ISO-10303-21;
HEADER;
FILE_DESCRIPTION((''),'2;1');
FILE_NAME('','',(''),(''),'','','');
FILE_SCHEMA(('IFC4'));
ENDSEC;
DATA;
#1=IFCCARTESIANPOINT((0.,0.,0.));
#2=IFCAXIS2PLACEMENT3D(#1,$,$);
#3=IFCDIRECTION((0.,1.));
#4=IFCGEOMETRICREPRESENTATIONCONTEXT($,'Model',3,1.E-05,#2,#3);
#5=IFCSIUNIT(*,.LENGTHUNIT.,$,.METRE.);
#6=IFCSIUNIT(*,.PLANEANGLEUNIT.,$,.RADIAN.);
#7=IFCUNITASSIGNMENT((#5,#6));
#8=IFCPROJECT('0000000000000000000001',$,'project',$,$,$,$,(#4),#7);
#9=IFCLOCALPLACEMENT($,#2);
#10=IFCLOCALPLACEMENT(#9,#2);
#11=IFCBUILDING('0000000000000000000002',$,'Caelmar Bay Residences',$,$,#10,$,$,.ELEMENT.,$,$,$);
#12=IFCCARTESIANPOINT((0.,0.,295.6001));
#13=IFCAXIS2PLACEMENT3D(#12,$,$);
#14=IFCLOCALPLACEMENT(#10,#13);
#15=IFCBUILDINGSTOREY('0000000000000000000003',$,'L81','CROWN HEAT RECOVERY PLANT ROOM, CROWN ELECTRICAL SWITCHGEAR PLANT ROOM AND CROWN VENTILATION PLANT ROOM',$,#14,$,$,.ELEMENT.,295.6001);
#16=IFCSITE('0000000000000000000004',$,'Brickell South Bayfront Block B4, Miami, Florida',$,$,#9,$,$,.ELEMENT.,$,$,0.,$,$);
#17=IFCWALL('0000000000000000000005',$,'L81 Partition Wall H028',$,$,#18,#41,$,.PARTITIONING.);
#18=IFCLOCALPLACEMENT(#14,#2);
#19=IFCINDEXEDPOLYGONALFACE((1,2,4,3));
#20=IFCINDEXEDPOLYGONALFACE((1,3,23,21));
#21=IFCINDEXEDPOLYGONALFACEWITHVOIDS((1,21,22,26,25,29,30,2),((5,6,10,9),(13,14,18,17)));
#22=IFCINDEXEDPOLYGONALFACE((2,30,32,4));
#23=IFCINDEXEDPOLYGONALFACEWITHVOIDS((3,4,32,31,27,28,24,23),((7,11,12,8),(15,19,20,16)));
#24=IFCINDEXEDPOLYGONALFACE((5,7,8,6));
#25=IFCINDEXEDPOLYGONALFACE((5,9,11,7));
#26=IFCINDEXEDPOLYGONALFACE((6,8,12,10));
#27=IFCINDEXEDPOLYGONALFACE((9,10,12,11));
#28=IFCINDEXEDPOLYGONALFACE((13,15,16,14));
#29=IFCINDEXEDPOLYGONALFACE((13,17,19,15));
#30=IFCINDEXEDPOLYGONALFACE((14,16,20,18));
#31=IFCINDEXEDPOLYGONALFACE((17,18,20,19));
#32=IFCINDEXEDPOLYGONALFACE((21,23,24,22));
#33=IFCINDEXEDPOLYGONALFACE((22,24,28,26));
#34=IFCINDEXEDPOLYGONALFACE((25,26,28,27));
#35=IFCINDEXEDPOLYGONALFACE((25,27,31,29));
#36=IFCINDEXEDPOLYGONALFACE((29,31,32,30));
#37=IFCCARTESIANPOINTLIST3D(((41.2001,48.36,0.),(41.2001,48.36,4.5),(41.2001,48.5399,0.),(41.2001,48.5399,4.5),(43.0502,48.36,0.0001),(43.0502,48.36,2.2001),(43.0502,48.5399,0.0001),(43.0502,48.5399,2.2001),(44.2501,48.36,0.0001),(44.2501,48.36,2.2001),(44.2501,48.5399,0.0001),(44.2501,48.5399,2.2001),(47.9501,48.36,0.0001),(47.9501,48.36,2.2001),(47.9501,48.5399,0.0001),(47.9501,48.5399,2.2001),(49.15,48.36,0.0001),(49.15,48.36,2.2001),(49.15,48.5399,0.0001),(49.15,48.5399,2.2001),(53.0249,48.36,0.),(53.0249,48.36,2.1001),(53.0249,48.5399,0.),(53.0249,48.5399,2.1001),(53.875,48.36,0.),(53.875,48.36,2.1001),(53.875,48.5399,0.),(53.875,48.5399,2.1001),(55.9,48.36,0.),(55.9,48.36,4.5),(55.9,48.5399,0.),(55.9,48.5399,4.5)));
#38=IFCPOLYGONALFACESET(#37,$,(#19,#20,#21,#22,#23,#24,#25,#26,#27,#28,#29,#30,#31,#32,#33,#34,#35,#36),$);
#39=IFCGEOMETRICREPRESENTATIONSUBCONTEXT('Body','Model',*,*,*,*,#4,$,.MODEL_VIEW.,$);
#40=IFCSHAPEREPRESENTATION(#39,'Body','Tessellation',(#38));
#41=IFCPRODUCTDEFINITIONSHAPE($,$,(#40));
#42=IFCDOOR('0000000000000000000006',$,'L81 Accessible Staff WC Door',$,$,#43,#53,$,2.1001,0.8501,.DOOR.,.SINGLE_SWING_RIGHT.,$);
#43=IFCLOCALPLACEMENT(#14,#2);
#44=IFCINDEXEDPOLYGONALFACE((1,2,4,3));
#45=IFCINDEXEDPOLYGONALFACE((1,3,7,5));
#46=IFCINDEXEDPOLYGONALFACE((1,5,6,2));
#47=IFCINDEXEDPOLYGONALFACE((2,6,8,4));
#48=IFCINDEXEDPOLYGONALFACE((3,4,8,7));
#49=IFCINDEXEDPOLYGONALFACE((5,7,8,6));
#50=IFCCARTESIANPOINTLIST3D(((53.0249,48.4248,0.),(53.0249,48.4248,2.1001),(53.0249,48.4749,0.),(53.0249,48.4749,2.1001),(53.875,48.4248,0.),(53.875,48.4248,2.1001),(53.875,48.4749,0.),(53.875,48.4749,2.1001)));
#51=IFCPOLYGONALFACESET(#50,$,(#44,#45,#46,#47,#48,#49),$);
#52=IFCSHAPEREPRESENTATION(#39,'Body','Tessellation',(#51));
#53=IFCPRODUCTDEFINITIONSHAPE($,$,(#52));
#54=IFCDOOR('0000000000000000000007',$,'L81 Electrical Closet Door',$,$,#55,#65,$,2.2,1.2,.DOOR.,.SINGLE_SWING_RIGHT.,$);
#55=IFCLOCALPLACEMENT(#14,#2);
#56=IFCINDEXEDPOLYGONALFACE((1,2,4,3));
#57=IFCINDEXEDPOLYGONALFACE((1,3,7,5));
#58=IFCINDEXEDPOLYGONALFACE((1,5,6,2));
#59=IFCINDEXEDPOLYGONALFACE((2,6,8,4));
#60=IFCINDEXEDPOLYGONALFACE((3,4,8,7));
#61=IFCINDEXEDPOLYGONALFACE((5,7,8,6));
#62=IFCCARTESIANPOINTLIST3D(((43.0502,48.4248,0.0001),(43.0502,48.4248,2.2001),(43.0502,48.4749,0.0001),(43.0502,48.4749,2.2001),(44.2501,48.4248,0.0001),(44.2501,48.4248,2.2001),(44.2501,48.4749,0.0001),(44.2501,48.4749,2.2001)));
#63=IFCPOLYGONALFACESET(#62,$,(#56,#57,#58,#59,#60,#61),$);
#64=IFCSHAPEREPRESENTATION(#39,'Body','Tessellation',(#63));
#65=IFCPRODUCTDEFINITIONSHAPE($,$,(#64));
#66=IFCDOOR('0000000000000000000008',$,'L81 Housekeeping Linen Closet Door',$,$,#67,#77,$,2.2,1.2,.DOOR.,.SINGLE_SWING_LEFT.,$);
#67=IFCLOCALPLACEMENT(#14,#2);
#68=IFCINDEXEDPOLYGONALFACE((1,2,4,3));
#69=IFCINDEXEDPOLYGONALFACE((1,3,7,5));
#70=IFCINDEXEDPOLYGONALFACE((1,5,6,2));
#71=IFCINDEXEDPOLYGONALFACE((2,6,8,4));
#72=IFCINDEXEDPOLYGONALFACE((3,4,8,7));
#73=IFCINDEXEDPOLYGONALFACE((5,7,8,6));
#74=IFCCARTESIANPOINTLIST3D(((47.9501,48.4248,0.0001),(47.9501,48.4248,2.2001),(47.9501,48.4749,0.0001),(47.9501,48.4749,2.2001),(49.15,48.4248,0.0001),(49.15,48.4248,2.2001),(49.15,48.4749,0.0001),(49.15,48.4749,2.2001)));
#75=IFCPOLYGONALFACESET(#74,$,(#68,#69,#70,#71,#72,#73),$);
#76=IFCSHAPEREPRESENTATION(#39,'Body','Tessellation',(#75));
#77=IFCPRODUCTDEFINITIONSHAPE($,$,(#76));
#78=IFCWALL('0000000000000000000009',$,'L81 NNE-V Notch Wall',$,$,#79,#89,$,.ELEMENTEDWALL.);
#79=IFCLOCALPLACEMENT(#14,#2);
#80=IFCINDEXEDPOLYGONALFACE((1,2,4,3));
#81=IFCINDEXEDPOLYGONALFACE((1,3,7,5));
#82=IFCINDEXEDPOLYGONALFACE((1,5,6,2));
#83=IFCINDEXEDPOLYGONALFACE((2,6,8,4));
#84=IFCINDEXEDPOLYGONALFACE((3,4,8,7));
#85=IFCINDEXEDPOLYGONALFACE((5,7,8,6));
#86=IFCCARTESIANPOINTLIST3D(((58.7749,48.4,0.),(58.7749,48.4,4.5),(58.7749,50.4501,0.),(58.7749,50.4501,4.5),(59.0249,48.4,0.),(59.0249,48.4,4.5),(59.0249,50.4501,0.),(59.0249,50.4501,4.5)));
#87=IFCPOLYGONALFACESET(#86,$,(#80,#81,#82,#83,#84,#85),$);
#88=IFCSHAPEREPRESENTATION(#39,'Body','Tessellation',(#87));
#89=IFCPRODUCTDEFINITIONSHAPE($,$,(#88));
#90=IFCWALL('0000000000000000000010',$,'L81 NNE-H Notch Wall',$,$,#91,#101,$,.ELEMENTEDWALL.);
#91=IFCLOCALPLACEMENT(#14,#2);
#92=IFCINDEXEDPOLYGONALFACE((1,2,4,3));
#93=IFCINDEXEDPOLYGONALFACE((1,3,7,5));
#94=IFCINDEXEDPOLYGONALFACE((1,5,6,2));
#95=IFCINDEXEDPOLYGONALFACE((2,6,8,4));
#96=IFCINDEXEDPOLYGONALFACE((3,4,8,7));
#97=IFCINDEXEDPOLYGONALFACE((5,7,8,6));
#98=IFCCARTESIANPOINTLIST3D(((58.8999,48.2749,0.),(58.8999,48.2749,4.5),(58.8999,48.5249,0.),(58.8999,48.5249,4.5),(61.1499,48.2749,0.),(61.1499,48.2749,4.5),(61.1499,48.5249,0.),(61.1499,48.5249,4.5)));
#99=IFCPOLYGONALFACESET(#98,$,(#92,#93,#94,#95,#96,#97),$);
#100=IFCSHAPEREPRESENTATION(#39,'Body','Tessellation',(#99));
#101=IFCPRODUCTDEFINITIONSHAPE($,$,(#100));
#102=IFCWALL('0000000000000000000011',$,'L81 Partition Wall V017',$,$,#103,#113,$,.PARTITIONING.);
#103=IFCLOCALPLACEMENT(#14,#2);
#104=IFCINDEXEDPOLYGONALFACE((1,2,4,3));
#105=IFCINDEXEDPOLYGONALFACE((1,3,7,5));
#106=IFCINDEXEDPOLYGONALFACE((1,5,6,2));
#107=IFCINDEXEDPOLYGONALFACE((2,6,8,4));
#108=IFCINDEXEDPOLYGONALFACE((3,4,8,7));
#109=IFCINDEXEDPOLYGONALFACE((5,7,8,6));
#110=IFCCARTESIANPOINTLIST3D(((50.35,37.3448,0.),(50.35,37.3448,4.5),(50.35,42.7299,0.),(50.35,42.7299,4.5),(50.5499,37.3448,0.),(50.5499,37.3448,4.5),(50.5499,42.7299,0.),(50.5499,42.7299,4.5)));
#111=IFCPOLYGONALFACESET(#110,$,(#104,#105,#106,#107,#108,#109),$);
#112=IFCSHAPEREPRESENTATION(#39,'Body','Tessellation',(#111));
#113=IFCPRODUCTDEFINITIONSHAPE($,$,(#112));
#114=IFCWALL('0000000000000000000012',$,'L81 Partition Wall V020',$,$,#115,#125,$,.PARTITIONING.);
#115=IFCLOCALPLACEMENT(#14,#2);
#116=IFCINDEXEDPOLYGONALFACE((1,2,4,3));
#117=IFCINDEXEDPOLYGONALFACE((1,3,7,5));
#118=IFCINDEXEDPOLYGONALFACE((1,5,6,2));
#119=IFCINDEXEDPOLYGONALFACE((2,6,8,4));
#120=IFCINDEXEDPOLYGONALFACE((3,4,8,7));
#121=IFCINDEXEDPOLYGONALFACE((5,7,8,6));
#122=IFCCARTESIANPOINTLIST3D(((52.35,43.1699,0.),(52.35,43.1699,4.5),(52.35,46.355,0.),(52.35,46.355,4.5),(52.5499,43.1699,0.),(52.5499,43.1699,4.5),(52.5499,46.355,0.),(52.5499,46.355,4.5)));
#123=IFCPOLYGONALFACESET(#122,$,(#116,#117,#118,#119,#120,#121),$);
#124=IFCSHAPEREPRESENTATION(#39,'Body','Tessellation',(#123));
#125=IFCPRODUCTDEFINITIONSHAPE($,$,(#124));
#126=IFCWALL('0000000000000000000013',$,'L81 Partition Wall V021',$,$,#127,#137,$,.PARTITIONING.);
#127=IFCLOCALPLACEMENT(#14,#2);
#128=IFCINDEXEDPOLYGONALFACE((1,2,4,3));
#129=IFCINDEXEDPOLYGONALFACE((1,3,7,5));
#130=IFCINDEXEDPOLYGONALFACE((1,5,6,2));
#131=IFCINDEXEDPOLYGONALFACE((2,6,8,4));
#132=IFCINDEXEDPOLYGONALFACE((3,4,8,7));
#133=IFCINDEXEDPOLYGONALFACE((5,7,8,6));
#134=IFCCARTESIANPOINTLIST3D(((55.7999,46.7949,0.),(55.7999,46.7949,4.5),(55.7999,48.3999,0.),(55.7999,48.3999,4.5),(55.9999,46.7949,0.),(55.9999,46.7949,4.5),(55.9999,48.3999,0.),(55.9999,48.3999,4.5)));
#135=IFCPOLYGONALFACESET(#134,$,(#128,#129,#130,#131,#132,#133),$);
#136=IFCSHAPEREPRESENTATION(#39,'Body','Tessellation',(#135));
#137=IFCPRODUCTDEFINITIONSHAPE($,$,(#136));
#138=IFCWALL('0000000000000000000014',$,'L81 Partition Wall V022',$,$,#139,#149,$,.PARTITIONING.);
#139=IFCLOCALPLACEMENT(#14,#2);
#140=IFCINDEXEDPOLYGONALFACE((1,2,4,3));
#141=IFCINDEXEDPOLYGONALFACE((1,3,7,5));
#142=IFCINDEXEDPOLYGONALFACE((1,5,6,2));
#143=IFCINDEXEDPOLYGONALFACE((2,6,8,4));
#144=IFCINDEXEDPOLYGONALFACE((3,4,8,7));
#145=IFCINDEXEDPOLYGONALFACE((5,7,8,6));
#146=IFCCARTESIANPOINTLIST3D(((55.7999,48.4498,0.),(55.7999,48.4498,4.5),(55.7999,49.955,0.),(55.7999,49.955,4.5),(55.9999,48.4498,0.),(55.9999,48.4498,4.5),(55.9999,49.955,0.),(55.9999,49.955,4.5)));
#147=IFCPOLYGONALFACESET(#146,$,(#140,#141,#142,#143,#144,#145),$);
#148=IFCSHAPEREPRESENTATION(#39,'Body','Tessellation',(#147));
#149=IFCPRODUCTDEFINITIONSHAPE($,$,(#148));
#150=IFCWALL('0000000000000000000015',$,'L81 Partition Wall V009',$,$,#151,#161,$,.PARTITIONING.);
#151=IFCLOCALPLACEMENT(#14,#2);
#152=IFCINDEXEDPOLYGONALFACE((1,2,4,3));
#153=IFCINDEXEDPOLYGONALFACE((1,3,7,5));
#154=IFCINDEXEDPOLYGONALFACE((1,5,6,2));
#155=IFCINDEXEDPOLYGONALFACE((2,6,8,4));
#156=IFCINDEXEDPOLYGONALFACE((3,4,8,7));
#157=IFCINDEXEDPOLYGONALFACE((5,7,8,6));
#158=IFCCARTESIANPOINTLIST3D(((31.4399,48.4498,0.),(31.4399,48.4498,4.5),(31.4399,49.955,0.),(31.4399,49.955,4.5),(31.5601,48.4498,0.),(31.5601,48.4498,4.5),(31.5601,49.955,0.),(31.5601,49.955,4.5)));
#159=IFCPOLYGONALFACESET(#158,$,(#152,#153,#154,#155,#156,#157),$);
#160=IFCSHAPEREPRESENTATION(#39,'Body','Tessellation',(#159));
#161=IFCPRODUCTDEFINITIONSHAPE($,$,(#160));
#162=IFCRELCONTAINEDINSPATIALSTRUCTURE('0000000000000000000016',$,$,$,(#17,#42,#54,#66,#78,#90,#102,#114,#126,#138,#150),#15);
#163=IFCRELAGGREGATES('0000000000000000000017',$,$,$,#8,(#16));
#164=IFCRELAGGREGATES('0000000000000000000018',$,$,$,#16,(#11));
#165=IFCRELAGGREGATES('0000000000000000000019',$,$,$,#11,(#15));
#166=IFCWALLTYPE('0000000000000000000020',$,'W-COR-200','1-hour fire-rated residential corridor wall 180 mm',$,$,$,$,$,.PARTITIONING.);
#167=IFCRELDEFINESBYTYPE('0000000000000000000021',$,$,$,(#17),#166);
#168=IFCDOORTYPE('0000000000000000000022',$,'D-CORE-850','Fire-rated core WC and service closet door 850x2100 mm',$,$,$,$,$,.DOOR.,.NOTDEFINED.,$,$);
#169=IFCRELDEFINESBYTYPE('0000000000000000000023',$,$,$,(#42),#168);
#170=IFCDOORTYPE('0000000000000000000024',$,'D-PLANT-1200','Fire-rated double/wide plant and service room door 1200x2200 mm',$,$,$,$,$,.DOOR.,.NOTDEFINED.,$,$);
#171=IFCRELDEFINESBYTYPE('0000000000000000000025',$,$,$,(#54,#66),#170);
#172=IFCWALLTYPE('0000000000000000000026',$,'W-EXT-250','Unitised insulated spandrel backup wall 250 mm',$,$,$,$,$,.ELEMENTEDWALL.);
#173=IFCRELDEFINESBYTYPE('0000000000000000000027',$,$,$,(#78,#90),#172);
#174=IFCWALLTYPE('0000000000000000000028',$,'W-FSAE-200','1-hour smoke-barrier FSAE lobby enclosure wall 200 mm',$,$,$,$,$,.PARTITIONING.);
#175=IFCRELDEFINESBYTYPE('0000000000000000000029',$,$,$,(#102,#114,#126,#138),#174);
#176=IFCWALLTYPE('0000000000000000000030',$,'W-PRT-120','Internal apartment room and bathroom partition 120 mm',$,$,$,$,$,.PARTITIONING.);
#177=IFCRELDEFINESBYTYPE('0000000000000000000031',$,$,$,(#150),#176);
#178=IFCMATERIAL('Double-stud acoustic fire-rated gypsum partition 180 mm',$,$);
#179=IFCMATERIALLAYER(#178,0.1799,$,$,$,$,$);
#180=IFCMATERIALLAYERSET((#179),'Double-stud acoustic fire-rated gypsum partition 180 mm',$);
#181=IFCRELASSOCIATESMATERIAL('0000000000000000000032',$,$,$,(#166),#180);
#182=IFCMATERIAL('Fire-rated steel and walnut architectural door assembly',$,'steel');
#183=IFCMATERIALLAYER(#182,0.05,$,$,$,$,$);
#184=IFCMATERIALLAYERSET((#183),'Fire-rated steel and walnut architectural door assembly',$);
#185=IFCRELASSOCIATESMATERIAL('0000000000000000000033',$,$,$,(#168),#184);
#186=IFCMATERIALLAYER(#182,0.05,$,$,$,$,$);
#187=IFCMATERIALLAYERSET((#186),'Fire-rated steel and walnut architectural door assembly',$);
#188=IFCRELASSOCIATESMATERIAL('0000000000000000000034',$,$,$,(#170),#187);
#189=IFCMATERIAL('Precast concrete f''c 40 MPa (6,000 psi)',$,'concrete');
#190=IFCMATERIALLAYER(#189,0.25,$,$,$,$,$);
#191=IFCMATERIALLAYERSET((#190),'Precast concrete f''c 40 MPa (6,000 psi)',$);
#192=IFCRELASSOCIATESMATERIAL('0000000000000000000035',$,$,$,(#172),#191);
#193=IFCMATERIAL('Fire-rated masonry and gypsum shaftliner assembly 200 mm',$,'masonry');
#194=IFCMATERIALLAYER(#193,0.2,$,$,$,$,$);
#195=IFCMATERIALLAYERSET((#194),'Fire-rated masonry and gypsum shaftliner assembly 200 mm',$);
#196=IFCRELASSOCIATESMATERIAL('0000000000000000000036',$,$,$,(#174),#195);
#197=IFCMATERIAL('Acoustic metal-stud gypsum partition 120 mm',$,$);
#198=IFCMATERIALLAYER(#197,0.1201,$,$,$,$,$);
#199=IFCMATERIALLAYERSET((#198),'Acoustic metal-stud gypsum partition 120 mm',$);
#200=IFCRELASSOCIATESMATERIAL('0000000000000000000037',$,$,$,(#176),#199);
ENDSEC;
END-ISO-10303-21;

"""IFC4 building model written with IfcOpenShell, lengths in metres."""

from ifc_helpers import new_model, si_unit, direction, frame, frame_2d, origin, place, context, subcontext, project, spatial, rectangle, extrude, material, layer, layer_set, type_object, element, fill, save


model = new_model("IFC4")

# Units and contexts
model_context = context("Model", 3, precision=1e-05, world=origin(), true_north=direction((0.0, 1.0)))
body_context = subcontext(model_context, "Body", "Model", "MODEL_VIEW")
ifc_project = project(units=[si_unit("LENGTHUNIT", "METRE"), si_unit("PLANEANGLEUNIT", "RADIAN")], contexts=[model_context])

# Site, building, storey
site_placement = place(None, origin())
site = spatial("IfcSite", under=ifc_project, at=site_placement, Name="Brickell South Bayfront Block B4, Miami, Florida", CompositionType="ELEMENT", RefElevation=0.0)
building_placement = place(site_placement, origin())
building = spatial("IfcBuilding", under=site, at=building_placement, Name="Caelmar Bay Residences", CompositionType="ELEMENT")
storey_placement = place(building_placement, frame((0.0, 0.0, 295.6001)))
storey = spatial("IfcBuildingStorey", under=building, at=storey_placement, Name="L81", Description="CROWN HEAT RECOVERY PLANT ROOM, CROWN ELECTRICAL SWITCHGEAR PLANT ROOM AND CROWN VENTILATION PLANT ROOM", CompositionType="ELEMENT", Elevation=295.6001)

# Shared definitions
ifc_material_1 = material(Name="Fire-rated steel and walnut architectural door assembly", Category="steel")

# Shared definitions
ifc_material_2 = material(Name="Double-stud acoustic fire-rated gypsum partition 180 mm")
ifc_layer_1 = layer(ifc_material_2, 0.1799)
ifc_layer_set_1 = layer_set([ifc_layer_1], Name="Double-stud acoustic fire-rated gypsum partition 180 mm")
wall_type_1 = type_object("IfcWallType", Name="W-COR-200", Description="1-hour fire-rated residential corridor wall 180 mm", PredefinedType="PARTITIONING", material=ifc_layer_set_1)

# Wall, openings, doors
wall_1_placement = place(storey_placement, frame((41.2, 48.45, 0.0), z_axis=(0.0, 0.0, 1.0), x_axis=(1.0, 0.0, 0.0)))
wall_1 = element("IfcWall", 1, at=wall_1_placement, inside=storey, type_object=wall_type_1, Name="L81 Partition Wall H028", PredefinedType="PARTITIONING", context=body_context, shape_type="SweptSolid", body=[
    extrude(rectangle(XDim=14.7, YDim=0.1799, at=frame_2d((7.3501, 0.0))), origin(), (0.0, 0.0, 1.0), 4.5),
])
opening_1_placement = place(wall_1_placement, frame((1.8501, 0.0, 0.0)))
opening_1 = element("IfcOpeningElement", 2, at=opening_1_placement, cuts=wall_1, PredefinedType="OPENING", context=body_context, shape_type="SweptSolid", body=[
    extrude(rectangle(XDim=1.2, YDim=2.2, at=frame_2d((0.6001, 1.1001))), frame((0.0, 0.0999, 0.0), z_axis=(0.0, -1.0, 0.0), x_axis=(1.0, 0.0, 0.0)), (0.0, 0.0, 1.0), 0.2),
])
opening_2_placement = place(wall_1_placement, frame((6.75, 0.0, 0.0)))
opening_2 = element("IfcOpeningElement", 3, at=opening_2_placement, cuts=wall_1, PredefinedType="OPENING", context=body_context, shape_type="SweptSolid", body=[
    extrude(rectangle(XDim=1.2, YDim=2.2, at=frame_2d((0.6001, 1.1001))), frame((0.0, 0.0999, 0.0), z_axis=(0.0, -1.0, 0.0), x_axis=(1.0, 0.0, 0.0)), (0.0, 0.0, 1.0), 0.2),
])
opening_3_placement = place(wall_1_placement, frame((11.825, 0.0, 0.0)))
opening_3 = element("IfcOpeningElement", 4, at=opening_3_placement, cuts=wall_1, PredefinedType="OPENING", context=body_context, shape_type="SweptSolid", body=[
    extrude(rectangle(XDim=0.8501, YDim=2.1001, at=frame_2d((0.425, 1.05))), frame((0.0, 0.0999, 0.0), z_axis=(0.0, -1.0, 0.0), x_axis=(1.0, 0.0, 0.0)), (0.0, 0.0, 1.0), 0.2),
])
ifc_layer_2 = layer(ifc_material_1, 0.05)
ifc_layer_set_2 = layer_set([ifc_layer_2], Name="Fire-rated steel and walnut architectural door assembly")
door_type_1 = type_object("IfcDoorType", Name="D-CORE-850", Description="Fire-rated core WC and service closet door 850x2100 mm", OperationType="NOTDEFINED", PredefinedType="DOOR", material=ifc_layer_set_2)
door_1_placement = place(opening_3_placement, origin())
door_1 = element("IfcDoor", 5, at=door_1_placement, inside=storey, type_object=door_type_1, Name="L81 Accessible Staff WC Door", OperationType="SINGLE_SWING_RIGHT", OverallHeight=2.1001, OverallWidth=0.8501, PredefinedType="DOOR", context=body_context, shape_type="SweptSolid", body=[
    extrude(rectangle(XDim=0.8501, YDim=2.1001, at=frame_2d((0.425, 1.05))), frame((0.0, 0.0249, 0.0), z_axis=(0.0, -1.0, 0.0), x_axis=(1.0, 0.0, 0.0)), (0.0, 0.0, 1.0), 0.05),
])
fill(opening_3, door_1)
ifc_layer_3 = layer(ifc_material_1, 0.05)
ifc_layer_set_3 = layer_set([ifc_layer_3], Name="Fire-rated steel and walnut architectural door assembly")
door_type_2 = type_object("IfcDoorType", Name="D-PLANT-1200", Description="Fire-rated double/wide plant and service room door 1200x2200 mm", OperationType="NOTDEFINED", PredefinedType="DOOR", material=ifc_layer_set_3)
door_2_placement = place(opening_1_placement, origin())
door_2 = element("IfcDoor", 6, at=door_2_placement, inside=storey, type_object=door_type_2, Name="L81 Electrical Closet Door", OperationType="SINGLE_SWING_RIGHT", OverallHeight=2.2, OverallWidth=1.2, PredefinedType="DOOR", context=body_context, shape_type="SweptSolid", body=[
    extrude(rectangle(XDim=1.2, YDim=2.2, at=frame_2d((0.6001, 1.1001))), frame((0.0, 0.0249, 0.0), z_axis=(0.0, -1.0, 0.0), x_axis=(1.0, 0.0, 0.0)), (0.0, 0.0, 1.0), 0.05),
])
fill(opening_1, door_2)
door_3_placement = place(opening_2_placement, origin())
door_3 = element("IfcDoor", 7, at=door_3_placement, inside=storey, type_object=door_type_2, Name="L81 Housekeeping Linen Closet Door", OperationType="SINGLE_SWING_LEFT", OverallHeight=2.2, OverallWidth=1.2, PredefinedType="DOOR", context=body_context, shape_type="SweptSolid", body=[
    extrude(rectangle(XDim=1.2, YDim=2.2, at=frame_2d((0.6001, 1.1001))), frame((0.0, 0.0249, 0.0), z_axis=(0.0, -1.0, 0.0), x_axis=(1.0, 0.0, 0.0)), (0.0, 0.0, 1.0), 0.05),
])
fill(opening_2, door_3)

# Walls
ifc_material_3 = material(Name="Precast concrete f'c 40 MPa (6,000 psi)", Category="concrete")
ifc_layer_4 = layer(ifc_material_3, 0.25)
ifc_layer_set_4 = layer_set([ifc_layer_4], Name="Precast concrete f'c 40 MPa (6,000 psi)")
wall_type_2 = type_object("IfcWallType", Name="W-EXT-250", Description="Unitised insulated spandrel backup wall 250 mm", PredefinedType="ELEMENTEDWALL", material=ifc_layer_set_4)
wall_2_placement = place(storey_placement, frame((58.8999, 50.45, 0.0), z_axis=(0.0, 0.0, 1.0), x_axis=(0.0, -1.0, 0.0)))
element("IfcWall", 8, at=wall_2_placement, inside=storey, type_object=wall_type_2, Name="L81 NNE-V Notch Wall", PredefinedType="ELEMENTEDWALL", context=body_context, shape_type="SweptSolid", body=[
    extrude(rectangle(XDim=2.05, YDim=0.25, at=frame_2d((1.0249, 0.0))), origin(), (0.0, 0.0, 1.0), 4.5),
])
wall_3_placement = place(storey_placement, frame((58.8999, 48.3999, 0.0), z_axis=(0.0, 0.0, 1.0), x_axis=(1.0, 0.0, 0.0)))
element("IfcWall", 9, at=wall_3_placement, inside=storey, type_object=wall_type_2, Name="L81 NNE-H Notch Wall", PredefinedType="ELEMENTEDWALL", context=body_context, shape_type="SweptSolid", body=[
    extrude(rectangle(XDim=2.25, YDim=0.25, at=frame_2d((1.125, 0.0))), origin(), (0.0, 0.0, 1.0), 4.5),
])
ifc_material_4 = material(Name="Fire-rated masonry and gypsum shaftliner assembly 200 mm", Category="masonry")
ifc_layer_5 = layer(ifc_material_4, 0.2)
ifc_layer_set_5 = layer_set([ifc_layer_5], Name="Fire-rated masonry and gypsum shaftliner assembly 200 mm")
wall_type_3 = type_object("IfcWallType", Name="W-FSAE-200", Description="1-hour smoke-barrier FSAE lobby enclosure wall 200 mm", PredefinedType="PARTITIONING", material=ifc_layer_set_5)
wall_4_placement = place(storey_placement, frame((50.45, 37.345, 0.0), z_axis=(0.0, 0.0, 1.0), x_axis=(0.0, 1.0, 0.0)))
element("IfcWall", 10, at=wall_4_placement, inside=storey, type_object=wall_type_3, Name="L81 Partition Wall V017", PredefinedType="PARTITIONING", context=body_context, shape_type="SweptSolid", body=[
    extrude(rectangle(XDim=5.385, YDim=0.2, at=frame_2d((2.6924, 0.0))), origin(), (0.0, 0.0, 1.0), 4.5),
])
wall_5_placement = place(storey_placement, frame((52.45, 43.1699, 0.0), z_axis=(0.0, 0.0, 1.0), x_axis=(0.0, 1.0, 0.0)))
element("IfcWall", 11, at=wall_5_placement, inside=storey, type_object=wall_type_3, Name="L81 Partition Wall V020", PredefinedType="PARTITIONING", context=body_context, shape_type="SweptSolid", body=[
    extrude(rectangle(XDim=3.1851, YDim=0.2, at=frame_2d((1.5925, 0.0))), origin(), (0.0, 0.0, 1.0), 4.5),
])
wall_6_placement = place(storey_placement, frame((55.8999, 46.7949, 0.0), z_axis=(0.0, 0.0, 1.0), x_axis=(0.0, 1.0, 0.0)))
element("IfcWall", 12, at=wall_6_placement, inside=storey, type_object=wall_type_3, Name="L81 Partition Wall V021", PredefinedType="PARTITIONING", context=body_context, shape_type="SweptSolid", body=[
    extrude(rectangle(XDim=1.605, YDim=0.2, at=frame_2d((0.8025, 0.0))), origin(), (0.0, 0.0, 1.0), 4.5),
])
wall_7_placement = place(storey_placement, frame((55.8999, 48.45, 0.0), z_axis=(0.0, 0.0, 1.0), x_axis=(0.0, 1.0, 0.0)))
element("IfcWall", 13, at=wall_7_placement, inside=storey, type_object=wall_type_3, Name="L81 Partition Wall V022", PredefinedType="PARTITIONING", context=body_context, shape_type="SweptSolid", body=[
    extrude(rectangle(XDim=1.5051, YDim=0.2, at=frame_2d((0.7524, 0.0))), origin(), (0.0, 0.0, 1.0), 4.5),
])
ifc_material_5 = material(Name="Acoustic metal-stud gypsum partition 120 mm")
ifc_layer_6 = layer(ifc_material_5, 0.1201)
ifc_layer_set_6 = layer_set([ifc_layer_6], Name="Acoustic metal-stud gypsum partition 120 mm")
wall_type_4 = type_object("IfcWallType", Name="W-PRT-120", Description="Internal apartment room and bathroom partition 120 mm", PredefinedType="PARTITIONING", material=ifc_layer_set_6)
wall_8_placement = place(storey_placement, frame((31.5, 48.45, 0.0), z_axis=(0.0, 0.0, 1.0), x_axis=(0.0, 1.0, 0.0)))
element("IfcWall", 14, at=wall_8_placement, inside=storey, type_object=wall_type_4, Name="L81 Partition Wall V009", PredefinedType="PARTITIONING", context=body_context, shape_type="SweptSolid", body=[
    extrude(rectangle(XDim=1.5051, YDim=0.1201, at=frame_2d((0.7524, 0.0))), origin(), (0.0, 0.0, 1.0), 4.5),
])

save(model, "model.ifc")
